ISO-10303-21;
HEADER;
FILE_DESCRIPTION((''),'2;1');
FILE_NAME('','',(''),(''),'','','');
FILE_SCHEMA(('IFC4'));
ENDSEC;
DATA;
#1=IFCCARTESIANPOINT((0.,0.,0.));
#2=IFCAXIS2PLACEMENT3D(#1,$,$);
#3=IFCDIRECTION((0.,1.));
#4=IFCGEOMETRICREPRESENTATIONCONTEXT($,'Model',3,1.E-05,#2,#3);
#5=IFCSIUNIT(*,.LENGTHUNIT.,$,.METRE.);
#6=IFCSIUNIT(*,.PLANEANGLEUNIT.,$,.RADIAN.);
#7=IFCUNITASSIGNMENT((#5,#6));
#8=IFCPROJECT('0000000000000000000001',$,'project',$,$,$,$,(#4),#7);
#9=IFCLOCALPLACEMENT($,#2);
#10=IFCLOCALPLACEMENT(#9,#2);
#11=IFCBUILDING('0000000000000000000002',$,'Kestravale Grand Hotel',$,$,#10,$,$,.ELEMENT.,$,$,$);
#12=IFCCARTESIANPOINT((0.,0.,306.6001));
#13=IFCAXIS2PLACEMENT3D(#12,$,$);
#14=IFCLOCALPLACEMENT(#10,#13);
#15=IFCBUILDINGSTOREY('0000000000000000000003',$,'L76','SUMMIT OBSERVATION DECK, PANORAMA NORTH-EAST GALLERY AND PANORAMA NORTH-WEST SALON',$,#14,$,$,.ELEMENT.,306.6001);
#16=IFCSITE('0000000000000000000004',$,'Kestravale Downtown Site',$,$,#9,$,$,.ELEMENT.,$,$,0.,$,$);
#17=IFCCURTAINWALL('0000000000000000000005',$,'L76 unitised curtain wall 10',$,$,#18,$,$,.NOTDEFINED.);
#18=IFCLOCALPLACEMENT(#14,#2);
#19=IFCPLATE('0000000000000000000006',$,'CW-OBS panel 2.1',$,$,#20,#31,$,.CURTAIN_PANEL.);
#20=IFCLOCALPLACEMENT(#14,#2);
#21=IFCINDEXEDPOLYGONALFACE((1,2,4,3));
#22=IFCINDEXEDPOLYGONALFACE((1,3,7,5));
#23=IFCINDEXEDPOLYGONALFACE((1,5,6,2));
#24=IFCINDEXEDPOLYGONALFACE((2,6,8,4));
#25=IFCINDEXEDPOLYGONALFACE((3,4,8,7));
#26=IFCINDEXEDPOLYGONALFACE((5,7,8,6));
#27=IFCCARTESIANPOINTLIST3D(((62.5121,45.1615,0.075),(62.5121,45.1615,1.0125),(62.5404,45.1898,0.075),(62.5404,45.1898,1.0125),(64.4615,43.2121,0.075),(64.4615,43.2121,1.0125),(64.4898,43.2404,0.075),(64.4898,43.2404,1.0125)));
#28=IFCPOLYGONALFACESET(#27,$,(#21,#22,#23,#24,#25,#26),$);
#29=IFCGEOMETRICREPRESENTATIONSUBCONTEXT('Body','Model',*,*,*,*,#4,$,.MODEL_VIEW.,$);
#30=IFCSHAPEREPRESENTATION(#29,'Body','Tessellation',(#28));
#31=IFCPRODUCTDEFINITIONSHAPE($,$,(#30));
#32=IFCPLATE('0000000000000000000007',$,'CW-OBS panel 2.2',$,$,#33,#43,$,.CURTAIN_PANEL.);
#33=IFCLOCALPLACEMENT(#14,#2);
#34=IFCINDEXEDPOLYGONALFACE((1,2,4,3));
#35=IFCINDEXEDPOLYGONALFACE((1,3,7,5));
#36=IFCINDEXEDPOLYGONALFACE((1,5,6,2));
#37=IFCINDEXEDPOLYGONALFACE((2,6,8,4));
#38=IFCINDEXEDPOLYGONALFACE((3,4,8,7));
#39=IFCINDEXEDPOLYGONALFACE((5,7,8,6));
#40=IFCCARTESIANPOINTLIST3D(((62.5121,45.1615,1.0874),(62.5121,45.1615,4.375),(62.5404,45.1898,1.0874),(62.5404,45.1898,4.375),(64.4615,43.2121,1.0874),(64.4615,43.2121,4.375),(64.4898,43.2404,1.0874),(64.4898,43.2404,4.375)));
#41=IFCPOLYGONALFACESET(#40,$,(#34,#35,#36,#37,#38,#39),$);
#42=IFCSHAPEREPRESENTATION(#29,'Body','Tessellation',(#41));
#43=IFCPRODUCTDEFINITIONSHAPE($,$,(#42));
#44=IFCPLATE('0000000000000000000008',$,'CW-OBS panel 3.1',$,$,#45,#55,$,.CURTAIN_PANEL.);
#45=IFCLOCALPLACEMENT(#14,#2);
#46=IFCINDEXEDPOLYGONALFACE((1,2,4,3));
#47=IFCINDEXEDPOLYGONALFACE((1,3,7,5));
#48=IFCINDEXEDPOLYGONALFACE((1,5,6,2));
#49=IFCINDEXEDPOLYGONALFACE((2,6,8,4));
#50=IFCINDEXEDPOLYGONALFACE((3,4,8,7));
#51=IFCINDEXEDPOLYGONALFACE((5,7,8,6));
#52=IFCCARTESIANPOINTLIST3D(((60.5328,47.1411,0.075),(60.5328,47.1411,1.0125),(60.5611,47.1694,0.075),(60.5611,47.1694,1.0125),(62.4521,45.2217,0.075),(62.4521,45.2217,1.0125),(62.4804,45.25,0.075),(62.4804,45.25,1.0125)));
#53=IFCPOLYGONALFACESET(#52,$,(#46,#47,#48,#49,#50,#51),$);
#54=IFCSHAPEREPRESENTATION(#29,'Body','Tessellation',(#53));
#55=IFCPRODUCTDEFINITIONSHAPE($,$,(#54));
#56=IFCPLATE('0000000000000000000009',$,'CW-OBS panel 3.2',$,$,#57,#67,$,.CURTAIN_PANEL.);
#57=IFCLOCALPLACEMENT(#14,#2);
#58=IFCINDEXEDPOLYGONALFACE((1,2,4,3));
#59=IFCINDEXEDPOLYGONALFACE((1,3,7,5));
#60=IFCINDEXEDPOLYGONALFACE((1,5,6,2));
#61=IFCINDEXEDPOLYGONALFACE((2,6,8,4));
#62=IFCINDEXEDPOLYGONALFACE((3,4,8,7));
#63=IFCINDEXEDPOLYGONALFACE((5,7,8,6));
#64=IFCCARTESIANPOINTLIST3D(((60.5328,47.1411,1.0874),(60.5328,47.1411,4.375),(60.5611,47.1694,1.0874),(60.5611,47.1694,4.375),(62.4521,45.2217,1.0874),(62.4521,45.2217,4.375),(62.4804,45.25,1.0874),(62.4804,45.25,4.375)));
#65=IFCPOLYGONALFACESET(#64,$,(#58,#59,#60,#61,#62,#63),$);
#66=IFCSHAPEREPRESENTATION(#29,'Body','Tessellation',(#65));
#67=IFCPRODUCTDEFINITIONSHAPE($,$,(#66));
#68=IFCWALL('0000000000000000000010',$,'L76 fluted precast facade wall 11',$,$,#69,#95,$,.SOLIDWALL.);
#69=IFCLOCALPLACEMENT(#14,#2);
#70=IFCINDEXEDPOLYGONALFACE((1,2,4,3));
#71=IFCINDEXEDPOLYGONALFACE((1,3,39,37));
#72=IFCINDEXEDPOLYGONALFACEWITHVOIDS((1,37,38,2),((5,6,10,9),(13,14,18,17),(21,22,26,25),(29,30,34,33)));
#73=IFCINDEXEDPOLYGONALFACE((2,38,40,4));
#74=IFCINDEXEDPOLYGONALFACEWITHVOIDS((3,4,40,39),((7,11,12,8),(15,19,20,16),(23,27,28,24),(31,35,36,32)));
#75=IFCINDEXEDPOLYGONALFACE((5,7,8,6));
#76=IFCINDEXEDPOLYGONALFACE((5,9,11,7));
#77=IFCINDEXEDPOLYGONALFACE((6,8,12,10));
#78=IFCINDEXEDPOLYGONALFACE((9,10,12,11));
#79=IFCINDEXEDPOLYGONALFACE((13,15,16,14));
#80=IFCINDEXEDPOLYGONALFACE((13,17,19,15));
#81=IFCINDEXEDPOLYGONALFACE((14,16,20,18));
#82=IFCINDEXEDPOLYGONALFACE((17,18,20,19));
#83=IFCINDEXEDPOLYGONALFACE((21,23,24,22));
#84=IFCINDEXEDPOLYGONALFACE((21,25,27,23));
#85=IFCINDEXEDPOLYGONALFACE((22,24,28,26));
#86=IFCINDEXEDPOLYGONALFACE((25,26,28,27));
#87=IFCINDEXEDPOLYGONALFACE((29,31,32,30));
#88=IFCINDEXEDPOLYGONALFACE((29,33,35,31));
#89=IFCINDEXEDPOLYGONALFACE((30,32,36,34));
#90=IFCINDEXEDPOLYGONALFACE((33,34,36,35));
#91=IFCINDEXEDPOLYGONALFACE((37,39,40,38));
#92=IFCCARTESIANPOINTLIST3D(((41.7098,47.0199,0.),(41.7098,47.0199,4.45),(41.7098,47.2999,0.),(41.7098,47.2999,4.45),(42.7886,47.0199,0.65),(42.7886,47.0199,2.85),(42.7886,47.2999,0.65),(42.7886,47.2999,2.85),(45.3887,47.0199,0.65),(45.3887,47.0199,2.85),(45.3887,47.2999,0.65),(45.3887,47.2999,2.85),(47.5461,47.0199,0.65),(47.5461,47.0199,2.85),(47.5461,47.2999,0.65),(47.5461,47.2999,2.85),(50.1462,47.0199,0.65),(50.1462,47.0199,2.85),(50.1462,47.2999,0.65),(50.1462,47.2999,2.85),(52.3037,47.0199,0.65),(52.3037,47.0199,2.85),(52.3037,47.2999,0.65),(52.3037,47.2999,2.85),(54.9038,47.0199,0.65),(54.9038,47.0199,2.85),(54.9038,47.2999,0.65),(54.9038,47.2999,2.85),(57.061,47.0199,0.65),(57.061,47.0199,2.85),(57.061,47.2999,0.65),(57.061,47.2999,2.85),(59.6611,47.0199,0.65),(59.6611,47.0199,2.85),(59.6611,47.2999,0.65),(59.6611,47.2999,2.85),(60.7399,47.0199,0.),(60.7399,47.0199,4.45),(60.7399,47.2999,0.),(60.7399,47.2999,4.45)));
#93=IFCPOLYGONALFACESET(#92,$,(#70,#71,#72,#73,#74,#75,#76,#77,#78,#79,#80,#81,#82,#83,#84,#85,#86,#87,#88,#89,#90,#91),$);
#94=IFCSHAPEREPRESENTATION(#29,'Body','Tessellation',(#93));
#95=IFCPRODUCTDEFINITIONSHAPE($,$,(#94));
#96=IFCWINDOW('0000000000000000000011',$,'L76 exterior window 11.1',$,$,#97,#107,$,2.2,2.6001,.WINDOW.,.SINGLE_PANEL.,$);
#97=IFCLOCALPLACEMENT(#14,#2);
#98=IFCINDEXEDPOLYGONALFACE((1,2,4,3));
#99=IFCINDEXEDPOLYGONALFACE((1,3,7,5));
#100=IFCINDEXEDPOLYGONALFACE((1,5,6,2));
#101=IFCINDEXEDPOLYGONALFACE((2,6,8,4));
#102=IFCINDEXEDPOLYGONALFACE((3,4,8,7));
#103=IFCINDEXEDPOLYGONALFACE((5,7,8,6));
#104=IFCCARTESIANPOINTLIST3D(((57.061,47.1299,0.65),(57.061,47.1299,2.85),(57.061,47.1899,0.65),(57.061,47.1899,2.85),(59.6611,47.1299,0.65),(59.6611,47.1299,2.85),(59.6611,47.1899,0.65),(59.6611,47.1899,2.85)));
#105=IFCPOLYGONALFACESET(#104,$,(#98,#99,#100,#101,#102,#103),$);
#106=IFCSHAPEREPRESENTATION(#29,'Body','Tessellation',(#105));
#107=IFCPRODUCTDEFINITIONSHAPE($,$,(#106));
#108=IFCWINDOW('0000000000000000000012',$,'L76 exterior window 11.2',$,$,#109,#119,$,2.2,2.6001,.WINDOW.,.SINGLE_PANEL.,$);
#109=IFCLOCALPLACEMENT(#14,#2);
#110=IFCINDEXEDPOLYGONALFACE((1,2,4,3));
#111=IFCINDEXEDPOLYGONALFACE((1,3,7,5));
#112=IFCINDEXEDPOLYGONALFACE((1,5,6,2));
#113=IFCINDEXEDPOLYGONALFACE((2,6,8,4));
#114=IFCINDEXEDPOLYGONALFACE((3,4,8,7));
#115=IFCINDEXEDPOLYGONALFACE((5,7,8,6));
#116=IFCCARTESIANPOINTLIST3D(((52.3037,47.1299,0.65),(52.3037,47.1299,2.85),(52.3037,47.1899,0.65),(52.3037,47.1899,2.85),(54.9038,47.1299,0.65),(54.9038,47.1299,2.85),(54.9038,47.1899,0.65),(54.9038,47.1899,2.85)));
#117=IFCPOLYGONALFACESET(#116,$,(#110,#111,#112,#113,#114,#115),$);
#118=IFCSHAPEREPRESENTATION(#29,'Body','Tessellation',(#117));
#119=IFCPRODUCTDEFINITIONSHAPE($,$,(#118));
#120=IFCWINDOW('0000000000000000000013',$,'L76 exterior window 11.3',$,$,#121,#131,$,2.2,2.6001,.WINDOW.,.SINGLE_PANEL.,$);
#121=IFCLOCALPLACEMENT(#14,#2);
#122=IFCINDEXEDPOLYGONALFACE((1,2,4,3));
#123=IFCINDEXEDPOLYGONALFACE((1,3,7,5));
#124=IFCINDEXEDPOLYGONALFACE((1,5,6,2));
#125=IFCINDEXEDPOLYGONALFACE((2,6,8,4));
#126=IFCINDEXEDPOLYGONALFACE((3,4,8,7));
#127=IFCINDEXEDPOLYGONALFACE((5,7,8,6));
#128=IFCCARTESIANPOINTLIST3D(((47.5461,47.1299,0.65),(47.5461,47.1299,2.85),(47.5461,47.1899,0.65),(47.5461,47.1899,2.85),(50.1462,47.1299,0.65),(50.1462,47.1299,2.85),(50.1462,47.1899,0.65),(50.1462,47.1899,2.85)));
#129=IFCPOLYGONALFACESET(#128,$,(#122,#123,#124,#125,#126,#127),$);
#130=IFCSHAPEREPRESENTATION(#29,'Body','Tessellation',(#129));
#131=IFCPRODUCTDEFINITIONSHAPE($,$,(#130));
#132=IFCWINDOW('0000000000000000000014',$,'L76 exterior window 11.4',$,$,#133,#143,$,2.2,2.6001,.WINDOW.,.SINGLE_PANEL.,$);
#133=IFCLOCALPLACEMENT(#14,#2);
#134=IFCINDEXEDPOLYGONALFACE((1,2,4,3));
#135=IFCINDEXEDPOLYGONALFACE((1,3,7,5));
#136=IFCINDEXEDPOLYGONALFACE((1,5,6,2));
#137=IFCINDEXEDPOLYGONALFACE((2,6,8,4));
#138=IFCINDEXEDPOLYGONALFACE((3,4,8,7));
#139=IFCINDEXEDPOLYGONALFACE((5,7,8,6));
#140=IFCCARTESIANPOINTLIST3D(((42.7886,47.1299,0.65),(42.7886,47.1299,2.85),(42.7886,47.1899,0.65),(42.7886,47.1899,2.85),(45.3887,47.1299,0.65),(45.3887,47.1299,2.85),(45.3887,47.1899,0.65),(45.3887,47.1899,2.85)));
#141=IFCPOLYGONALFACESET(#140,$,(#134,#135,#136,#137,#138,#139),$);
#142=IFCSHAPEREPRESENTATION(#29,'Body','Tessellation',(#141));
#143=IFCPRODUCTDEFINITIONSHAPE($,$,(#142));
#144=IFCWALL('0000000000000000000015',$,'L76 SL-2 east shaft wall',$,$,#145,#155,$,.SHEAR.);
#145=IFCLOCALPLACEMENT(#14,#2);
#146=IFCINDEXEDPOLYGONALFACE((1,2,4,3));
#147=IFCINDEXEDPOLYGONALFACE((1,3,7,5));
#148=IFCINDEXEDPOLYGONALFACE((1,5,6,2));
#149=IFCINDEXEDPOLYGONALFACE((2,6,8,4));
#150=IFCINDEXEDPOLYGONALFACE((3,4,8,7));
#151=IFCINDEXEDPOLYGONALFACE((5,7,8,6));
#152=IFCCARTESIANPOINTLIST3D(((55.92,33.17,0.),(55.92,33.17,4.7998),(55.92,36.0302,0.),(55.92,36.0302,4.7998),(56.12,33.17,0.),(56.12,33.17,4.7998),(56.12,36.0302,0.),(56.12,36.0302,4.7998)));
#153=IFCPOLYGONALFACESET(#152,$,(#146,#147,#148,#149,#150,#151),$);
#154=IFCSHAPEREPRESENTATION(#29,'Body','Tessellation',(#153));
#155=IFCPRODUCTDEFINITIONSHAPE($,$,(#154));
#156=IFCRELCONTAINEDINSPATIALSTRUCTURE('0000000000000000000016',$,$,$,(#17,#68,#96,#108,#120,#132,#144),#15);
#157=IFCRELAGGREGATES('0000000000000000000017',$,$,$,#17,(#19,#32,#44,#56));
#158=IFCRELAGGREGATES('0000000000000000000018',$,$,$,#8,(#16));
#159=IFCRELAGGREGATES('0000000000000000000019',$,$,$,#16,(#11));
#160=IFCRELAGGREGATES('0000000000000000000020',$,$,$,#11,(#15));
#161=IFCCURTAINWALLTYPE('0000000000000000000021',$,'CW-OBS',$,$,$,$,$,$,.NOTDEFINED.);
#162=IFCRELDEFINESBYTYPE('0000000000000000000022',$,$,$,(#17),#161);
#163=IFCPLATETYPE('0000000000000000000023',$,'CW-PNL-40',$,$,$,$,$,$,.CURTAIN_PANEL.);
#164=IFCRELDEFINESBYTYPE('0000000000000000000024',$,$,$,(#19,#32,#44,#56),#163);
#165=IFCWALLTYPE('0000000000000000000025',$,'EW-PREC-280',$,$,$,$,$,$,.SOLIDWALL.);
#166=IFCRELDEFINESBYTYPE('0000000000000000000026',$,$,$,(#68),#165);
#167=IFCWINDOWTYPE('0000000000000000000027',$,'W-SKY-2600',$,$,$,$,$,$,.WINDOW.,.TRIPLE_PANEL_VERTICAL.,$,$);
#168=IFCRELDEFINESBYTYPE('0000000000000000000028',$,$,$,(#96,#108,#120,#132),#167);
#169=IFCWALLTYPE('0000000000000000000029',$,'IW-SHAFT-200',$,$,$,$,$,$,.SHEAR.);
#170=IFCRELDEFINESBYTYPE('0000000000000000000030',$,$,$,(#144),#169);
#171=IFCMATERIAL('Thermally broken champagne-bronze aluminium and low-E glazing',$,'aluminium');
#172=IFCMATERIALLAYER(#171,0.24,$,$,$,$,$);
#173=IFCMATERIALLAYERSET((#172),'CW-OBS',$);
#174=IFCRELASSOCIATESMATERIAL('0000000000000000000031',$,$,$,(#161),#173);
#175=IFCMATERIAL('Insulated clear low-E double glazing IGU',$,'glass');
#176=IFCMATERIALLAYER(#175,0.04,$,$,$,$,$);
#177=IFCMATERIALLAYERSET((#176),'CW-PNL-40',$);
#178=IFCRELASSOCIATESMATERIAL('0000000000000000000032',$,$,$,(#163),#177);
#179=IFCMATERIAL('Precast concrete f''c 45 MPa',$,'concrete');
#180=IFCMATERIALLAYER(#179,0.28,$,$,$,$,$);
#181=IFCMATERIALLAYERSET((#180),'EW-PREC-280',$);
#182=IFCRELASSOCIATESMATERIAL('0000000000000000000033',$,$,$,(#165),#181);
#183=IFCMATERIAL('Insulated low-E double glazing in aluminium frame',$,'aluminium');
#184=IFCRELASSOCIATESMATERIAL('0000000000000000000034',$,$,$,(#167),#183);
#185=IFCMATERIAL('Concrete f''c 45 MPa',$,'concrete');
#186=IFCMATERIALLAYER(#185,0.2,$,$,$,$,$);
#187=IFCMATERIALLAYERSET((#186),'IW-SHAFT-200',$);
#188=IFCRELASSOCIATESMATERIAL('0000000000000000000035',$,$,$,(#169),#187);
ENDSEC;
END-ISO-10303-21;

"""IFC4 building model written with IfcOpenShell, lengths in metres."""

from ifc_helpers import new_model, si_unit, direction, frame, frame_2d, origin, origin_2d, place, context, subcontext, project, spatial, rectangle, extrude, material, layer, layer_set, type_object, element, fill, aggregate, save


model = new_model("IFC4")

# Units and contexts
model_context = context("Model", 3, precision=1e-05, world=origin(), true_north=direction((0.0, 1.0)))
body_context = subcontext(model_context, "Body", "Model", "MODEL_VIEW")
ifc_project = project(units=[si_unit("LENGTHUNIT", "METRE"), si_unit("PLANEANGLEUNIT", "RADIAN")], contexts=[model_context])

# Site, building, storey
site_placement = place(None, origin())
site = spatial("IfcSite", under=ifc_project, at=site_placement, Name="Kestravale Downtown Site", CompositionType="ELEMENT", RefElevation=0.0)
building_placement = place(site_placement, origin())
building = spatial("IfcBuilding", under=site, at=building_placement, Name="Kestravale Grand Hotel", CompositionType="ELEMENT")
storey_placement = place(building_placement, frame((0.0, 0.0, 306.6001)))
storey = spatial("IfcBuildingStorey", under=building, at=storey_placement, Name="L76", Description="SUMMIT OBSERVATION DECK, PANORAMA NORTH-EAST GALLERY AND PANORAMA NORTH-WEST SALON", CompositionType="ELEMENT", Elevation=306.6001)

# Curtain wall, plates
ifc_material_1 = material(Name="Thermally broken champagne-bronze aluminium and low-E glazing", Category="aluminium")
ifc_layer_1 = layer(ifc_material_1, 0.24)
ifc_layer_set_1 = layer_set([ifc_layer_1], Name="CW-OBS")
curtain_wall_type = type_object("IfcCurtainWallType", Name="CW-OBS", PredefinedType="NOTDEFINED", material=ifc_layer_set_1)
curtain_wall_placement = place(storey_placement, origin())
curtain_wall = element("IfcCurtainWall", 1, at=curtain_wall_placement, inside=storey, type_object=curtain_wall_type, Name="L76 unitised curtain wall 10", PredefinedType="NOTDEFINED")
ifc_material_2 = material(Name="Insulated clear low-E double glazing IGU", Category="glass")
ifc_layer_2 = layer(ifc_material_2, 0.04)
ifc_layer_set_2 = layer_set([ifc_layer_2], Name="CW-PNL-40")
plate_type = type_object("IfcPlateType", Name="CW-PNL-40", PredefinedType="CURTAIN_PANEL", material=ifc_layer_set_2)
plate_1_placement = place(storey_placement, frame((63.501, 44.2009, 0.075), z_axis=(0.0, 0.0, 1.0), x_axis=(-0.707107, 0.707107, 0.0)))
plate_1 = element("IfcPlate", 2, at=plate_1_placement, type_object=plate_type, Name="CW-OBS panel 2.1", PredefinedType="CURTAIN_PANEL", context=body_context, shape_type="SweptSolid", body=[
    extrude(rectangle(XDim=2.7568, YDim=0.04, at=origin_2d()), origin(), (0.0, 0.0, 1.0), 0.9375),
])
plate_2_placement = place(storey_placement, frame((63.501, 44.2009, 1.0874), z_axis=(0.0, 0.0, 1.0), x_axis=(-0.707107, 0.707107, 0.0)))
plate_2 = element("IfcPlate", 3, at=plate_2_placement, type_object=plate_type, Name="CW-OBS panel 2.2", PredefinedType="CURTAIN_PANEL", context=body_context, shape_type="SweptSolid", body=[
    extrude(rectangle(XDim=2.7568, YDim=0.04, at=origin_2d()), origin(), (0.0, 0.0, 1.0), 3.2876),
])
plate_3_placement = place(storey_placement, frame((61.5066, 46.1956, 0.075), z_axis=(0.0, 0.0, 1.0), x_axis=(-0.707107, 0.707107, 0.0)))
plate_3 = element("IfcPlate", 4, at=plate_3_placement, type_object=plate_type, Name="CW-OBS panel 3.1", PredefinedType="CURTAIN_PANEL", context=body_context, shape_type="SweptSolid", body=[
    extrude(rectangle(XDim=2.7144, YDim=0.04, at=origin_2d()), origin(), (0.0, 0.0, 1.0), 0.9375),
])
plate_4_placement = place(storey_placement, frame((61.5066, 46.1956, 1.0874), z_axis=(0.0, 0.0, 1.0), x_axis=(-0.707107, 0.707107, 0.0)))
plate_4 = element("IfcPlate", 5, at=plate_4_placement, type_object=plate_type, Name="CW-OBS panel 3.2", PredefinedType="CURTAIN_PANEL", context=body_context, shape_type="SweptSolid", body=[
    extrude(rectangle(XDim=2.7144, YDim=0.04, at=origin_2d()), origin(), (0.0, 0.0, 1.0), 3.2876),
])
aggregate(curtain_wall, [plate_1, plate_2, plate_3, plate_4])

# Wall, openings, windows
ifc_material_3 = material(Name="Precast concrete f'c 45 MPa", Category="concrete")
ifc_layer_3 = layer(ifc_material_3, 0.28)
ifc_layer_set_3 = layer_set([ifc_layer_3], Name="EW-PREC-280")
wall_type_1 = type_object("IfcWallType", Name="EW-PREC-280", PredefinedType="SOLIDWALL", material=ifc_layer_set_3)
wall_1_placement = place(storey_placement, frame((60.74, 47.1599, 0.0), z_axis=(0.0, 0.0, 1.0), x_axis=(-1.0, 0.0, 0.0)))
wall_1 = element("IfcWall", 6, at=wall_1_placement, inside=storey, type_object=wall_type_1, Name="L76 fluted precast facade wall 11", PredefinedType="SOLIDWALL", context=body_context, shape_type="SweptSolid", body=[
    extrude(rectangle(XDim=19.03, YDim=0.28, at=frame_2d((9.5151, 0.0))), origin(), (0.0, 0.0, 1.0), 4.45),
])
opening_1_placement = place(wall_1_placement, frame((1.0789, 0.0, 0.6499)))
opening_1 = element("IfcOpeningElement", 7, at=opening_1_placement, cuts=wall_1, PredefinedType="OPENING", context=body_context, shape_type="SweptSolid", body=[
    extrude(rectangle(XDim=2.6001, YDim=2.2, at=frame_2d((1.3, 1.1001))), frame((0.0, 0.1499, 0.0), z_axis=(0.0, -1.0, 0.0), x_axis=(1.0, 0.0, 0.0)), (0.0, 0.0, 1.0), 0.3),
])
opening_2_placement = place(wall_1_placement, frame((5.8362, 0.0, 0.6499)))
opening_2 = element("IfcOpeningElement", 8, at=opening_2_placement, cuts=wall_1, PredefinedType="OPENING", context=body_context, shape_type="SweptSolid", body=[
    extrude(rectangle(XDim=2.6001, YDim=2.2, at=frame_2d((1.3, 1.1001))), frame((0.0, 0.1499, 0.0), z_axis=(0.0, -1.0, 0.0), x_axis=(1.0, 0.0, 0.0)), (0.0, 0.0, 1.0), 0.3),
])
opening_3_placement = place(wall_1_placement, frame((10.5938, 0.0, 0.6499)))
opening_3 = element("IfcOpeningElement", 9, at=opening_3_placement, cuts=wall_1, PredefinedType="OPENING", context=body_context, shape_type="SweptSolid", body=[
    extrude(rectangle(XDim=2.6001, YDim=2.2, at=frame_2d((1.3, 1.1001))), frame((0.0, 0.1499, 0.0), z_axis=(0.0, -1.0, 0.0), x_axis=(1.0, 0.0, 0.0)), (0.0, 0.0, 1.0), 0.3),
])
opening_4_placement = place(wall_1_placement, frame((15.3513, 0.0, 0.6499)))
opening_4 = element("IfcOpeningElement", 10, at=opening_4_placement, cuts=wall_1, PredefinedType="OPENING", context=body_context, shape_type="SweptSolid", body=[
    extrude(rectangle(XDim=2.6001, YDim=2.2, at=frame_2d((1.3, 1.1001))), frame((0.0, 0.1499, 0.0), z_axis=(0.0, -1.0, 0.0), x_axis=(1.0, 0.0, 0.0)), (0.0, 0.0, 1.0), 0.3),
])
ifc_material_4 = material(Name="Insulated low-E double glazing in aluminium frame", Category="aluminium")
window_type = type_object("IfcWindowType", Name="W-SKY-2600", PartitioningType="TRIPLE_PANEL_VERTICAL", PredefinedType="WINDOW", material=ifc_material_4)
window_1_placement = place(opening_1_placement, origin())
window_1 = element("IfcWindow", 11, at=window_1_placement, inside=storey, type_object=window_type, Name="L76 exterior window 11.1", OverallHeight=2.2, OverallWidth=2.6001, PartitioningType="SINGLE_PANEL", PredefinedType="WINDOW", context=body_context, shape_type="SweptSolid", body=[
    extrude(rectangle(XDim=2.6001, YDim=2.2, at=frame_2d((1.3, 1.1001))), frame((0.0, 0.03, 0.0), z_axis=(0.0, -1.0, 0.0), x_axis=(1.0, 0.0, 0.0)), (0.0, 0.0, 1.0), 0.0601),
])
fill(opening_1, window_1)
window_2_placement = place(opening_2_placement, origin())
window_2 = element("IfcWindow", 12, at=window_2_placement, inside=storey, type_object=window_type, Name="L76 exterior window 11.2", OverallHeight=2.2, OverallWidth=2.6001, PartitioningType="SINGLE_PANEL", PredefinedType="WINDOW", context=body_context, shape_type="SweptSolid", body=[
    extrude(rectangle(XDim=2.6001, YDim=2.2, at=frame_2d((1.3, 1.1001))), frame((0.0, 0.03, 0.0), z_axis=(0.0, -1.0, 0.0), x_axis=(1.0, 0.0, 0.0)), (0.0, 0.0, 1.0), 0.0601),
])
fill(opening_2, window_2)
window_3_placement = place(opening_3_placement, origin())
window_3 = element("IfcWindow", 13, at=window_3_placement, inside=storey, type_object=window_type, Name="L76 exterior window 11.3", OverallHeight=2.2, OverallWidth=2.6001, PartitioningType="SINGLE_PANEL", PredefinedType="WINDOW", context=body_context, shape_type="SweptSolid", body=[
    extrude(rectangle(XDim=2.6001, YDim=2.2, at=frame_2d((1.3, 1.1001))), frame((0.0, 0.03, 0.0), z_axis=(0.0, -1.0, 0.0), x_axis=(1.0, 0.0, 0.0)), (0.0, 0.0, 1.0), 0.0601),
])
fill(opening_3, window_3)
window_4_placement = place(opening_4_placement, origin())
window_4 = element("IfcWindow", 14, at=window_4_placement, inside=storey, type_object=window_type, Name="L76 exterior window 11.4", OverallHeight=2.2, OverallWidth=2.6001, PartitioningType="SINGLE_PANEL", PredefinedType="WINDOW", context=body_context, shape_type="SweptSolid", body=[
    extrude(rectangle(XDim=2.6001, YDim=2.2, at=frame_2d((1.3, 1.1001))), frame((0.0, 0.03, 0.0), z_axis=(0.0, -1.0, 0.0), x_axis=(1.0, 0.0, 0.0)), (0.0, 0.0, 1.0), 0.0601),
])
fill(opening_4, window_4)

# Wall
ifc_material_5 = material(Name="Concrete f'c 45 MPa", Category="concrete")
ifc_layer_4 = layer(ifc_material_5, 0.2)
ifc_layer_set_4 = layer_set([ifc_layer_4], Name="IW-SHAFT-200")
wall_type_2 = type_object("IfcWallType", Name="IW-SHAFT-200", PredefinedType="SHEAR", material=ifc_layer_set_4)
wall_2_placement = place(storey_placement, frame((56.02, 33.1699, 0.0), z_axis=(0.0, 0.0, 1.0), x_axis=(0.0, 1.0, 0.0)))
element("IfcWall", 15, at=wall_2_placement, inside=storey, type_object=wall_type_2, Name="L76 SL-2 east shaft wall", PredefinedType="SHEAR", context=body_context, shape_type="SweptSolid", body=[
    extrude(rectangle(XDim=2.8601, YDim=0.2, at=frame_2d((1.4302, 0.0))), origin(), (0.0, 0.0, 1.0), 4.7998),
])

save(model, "model.ifc")
